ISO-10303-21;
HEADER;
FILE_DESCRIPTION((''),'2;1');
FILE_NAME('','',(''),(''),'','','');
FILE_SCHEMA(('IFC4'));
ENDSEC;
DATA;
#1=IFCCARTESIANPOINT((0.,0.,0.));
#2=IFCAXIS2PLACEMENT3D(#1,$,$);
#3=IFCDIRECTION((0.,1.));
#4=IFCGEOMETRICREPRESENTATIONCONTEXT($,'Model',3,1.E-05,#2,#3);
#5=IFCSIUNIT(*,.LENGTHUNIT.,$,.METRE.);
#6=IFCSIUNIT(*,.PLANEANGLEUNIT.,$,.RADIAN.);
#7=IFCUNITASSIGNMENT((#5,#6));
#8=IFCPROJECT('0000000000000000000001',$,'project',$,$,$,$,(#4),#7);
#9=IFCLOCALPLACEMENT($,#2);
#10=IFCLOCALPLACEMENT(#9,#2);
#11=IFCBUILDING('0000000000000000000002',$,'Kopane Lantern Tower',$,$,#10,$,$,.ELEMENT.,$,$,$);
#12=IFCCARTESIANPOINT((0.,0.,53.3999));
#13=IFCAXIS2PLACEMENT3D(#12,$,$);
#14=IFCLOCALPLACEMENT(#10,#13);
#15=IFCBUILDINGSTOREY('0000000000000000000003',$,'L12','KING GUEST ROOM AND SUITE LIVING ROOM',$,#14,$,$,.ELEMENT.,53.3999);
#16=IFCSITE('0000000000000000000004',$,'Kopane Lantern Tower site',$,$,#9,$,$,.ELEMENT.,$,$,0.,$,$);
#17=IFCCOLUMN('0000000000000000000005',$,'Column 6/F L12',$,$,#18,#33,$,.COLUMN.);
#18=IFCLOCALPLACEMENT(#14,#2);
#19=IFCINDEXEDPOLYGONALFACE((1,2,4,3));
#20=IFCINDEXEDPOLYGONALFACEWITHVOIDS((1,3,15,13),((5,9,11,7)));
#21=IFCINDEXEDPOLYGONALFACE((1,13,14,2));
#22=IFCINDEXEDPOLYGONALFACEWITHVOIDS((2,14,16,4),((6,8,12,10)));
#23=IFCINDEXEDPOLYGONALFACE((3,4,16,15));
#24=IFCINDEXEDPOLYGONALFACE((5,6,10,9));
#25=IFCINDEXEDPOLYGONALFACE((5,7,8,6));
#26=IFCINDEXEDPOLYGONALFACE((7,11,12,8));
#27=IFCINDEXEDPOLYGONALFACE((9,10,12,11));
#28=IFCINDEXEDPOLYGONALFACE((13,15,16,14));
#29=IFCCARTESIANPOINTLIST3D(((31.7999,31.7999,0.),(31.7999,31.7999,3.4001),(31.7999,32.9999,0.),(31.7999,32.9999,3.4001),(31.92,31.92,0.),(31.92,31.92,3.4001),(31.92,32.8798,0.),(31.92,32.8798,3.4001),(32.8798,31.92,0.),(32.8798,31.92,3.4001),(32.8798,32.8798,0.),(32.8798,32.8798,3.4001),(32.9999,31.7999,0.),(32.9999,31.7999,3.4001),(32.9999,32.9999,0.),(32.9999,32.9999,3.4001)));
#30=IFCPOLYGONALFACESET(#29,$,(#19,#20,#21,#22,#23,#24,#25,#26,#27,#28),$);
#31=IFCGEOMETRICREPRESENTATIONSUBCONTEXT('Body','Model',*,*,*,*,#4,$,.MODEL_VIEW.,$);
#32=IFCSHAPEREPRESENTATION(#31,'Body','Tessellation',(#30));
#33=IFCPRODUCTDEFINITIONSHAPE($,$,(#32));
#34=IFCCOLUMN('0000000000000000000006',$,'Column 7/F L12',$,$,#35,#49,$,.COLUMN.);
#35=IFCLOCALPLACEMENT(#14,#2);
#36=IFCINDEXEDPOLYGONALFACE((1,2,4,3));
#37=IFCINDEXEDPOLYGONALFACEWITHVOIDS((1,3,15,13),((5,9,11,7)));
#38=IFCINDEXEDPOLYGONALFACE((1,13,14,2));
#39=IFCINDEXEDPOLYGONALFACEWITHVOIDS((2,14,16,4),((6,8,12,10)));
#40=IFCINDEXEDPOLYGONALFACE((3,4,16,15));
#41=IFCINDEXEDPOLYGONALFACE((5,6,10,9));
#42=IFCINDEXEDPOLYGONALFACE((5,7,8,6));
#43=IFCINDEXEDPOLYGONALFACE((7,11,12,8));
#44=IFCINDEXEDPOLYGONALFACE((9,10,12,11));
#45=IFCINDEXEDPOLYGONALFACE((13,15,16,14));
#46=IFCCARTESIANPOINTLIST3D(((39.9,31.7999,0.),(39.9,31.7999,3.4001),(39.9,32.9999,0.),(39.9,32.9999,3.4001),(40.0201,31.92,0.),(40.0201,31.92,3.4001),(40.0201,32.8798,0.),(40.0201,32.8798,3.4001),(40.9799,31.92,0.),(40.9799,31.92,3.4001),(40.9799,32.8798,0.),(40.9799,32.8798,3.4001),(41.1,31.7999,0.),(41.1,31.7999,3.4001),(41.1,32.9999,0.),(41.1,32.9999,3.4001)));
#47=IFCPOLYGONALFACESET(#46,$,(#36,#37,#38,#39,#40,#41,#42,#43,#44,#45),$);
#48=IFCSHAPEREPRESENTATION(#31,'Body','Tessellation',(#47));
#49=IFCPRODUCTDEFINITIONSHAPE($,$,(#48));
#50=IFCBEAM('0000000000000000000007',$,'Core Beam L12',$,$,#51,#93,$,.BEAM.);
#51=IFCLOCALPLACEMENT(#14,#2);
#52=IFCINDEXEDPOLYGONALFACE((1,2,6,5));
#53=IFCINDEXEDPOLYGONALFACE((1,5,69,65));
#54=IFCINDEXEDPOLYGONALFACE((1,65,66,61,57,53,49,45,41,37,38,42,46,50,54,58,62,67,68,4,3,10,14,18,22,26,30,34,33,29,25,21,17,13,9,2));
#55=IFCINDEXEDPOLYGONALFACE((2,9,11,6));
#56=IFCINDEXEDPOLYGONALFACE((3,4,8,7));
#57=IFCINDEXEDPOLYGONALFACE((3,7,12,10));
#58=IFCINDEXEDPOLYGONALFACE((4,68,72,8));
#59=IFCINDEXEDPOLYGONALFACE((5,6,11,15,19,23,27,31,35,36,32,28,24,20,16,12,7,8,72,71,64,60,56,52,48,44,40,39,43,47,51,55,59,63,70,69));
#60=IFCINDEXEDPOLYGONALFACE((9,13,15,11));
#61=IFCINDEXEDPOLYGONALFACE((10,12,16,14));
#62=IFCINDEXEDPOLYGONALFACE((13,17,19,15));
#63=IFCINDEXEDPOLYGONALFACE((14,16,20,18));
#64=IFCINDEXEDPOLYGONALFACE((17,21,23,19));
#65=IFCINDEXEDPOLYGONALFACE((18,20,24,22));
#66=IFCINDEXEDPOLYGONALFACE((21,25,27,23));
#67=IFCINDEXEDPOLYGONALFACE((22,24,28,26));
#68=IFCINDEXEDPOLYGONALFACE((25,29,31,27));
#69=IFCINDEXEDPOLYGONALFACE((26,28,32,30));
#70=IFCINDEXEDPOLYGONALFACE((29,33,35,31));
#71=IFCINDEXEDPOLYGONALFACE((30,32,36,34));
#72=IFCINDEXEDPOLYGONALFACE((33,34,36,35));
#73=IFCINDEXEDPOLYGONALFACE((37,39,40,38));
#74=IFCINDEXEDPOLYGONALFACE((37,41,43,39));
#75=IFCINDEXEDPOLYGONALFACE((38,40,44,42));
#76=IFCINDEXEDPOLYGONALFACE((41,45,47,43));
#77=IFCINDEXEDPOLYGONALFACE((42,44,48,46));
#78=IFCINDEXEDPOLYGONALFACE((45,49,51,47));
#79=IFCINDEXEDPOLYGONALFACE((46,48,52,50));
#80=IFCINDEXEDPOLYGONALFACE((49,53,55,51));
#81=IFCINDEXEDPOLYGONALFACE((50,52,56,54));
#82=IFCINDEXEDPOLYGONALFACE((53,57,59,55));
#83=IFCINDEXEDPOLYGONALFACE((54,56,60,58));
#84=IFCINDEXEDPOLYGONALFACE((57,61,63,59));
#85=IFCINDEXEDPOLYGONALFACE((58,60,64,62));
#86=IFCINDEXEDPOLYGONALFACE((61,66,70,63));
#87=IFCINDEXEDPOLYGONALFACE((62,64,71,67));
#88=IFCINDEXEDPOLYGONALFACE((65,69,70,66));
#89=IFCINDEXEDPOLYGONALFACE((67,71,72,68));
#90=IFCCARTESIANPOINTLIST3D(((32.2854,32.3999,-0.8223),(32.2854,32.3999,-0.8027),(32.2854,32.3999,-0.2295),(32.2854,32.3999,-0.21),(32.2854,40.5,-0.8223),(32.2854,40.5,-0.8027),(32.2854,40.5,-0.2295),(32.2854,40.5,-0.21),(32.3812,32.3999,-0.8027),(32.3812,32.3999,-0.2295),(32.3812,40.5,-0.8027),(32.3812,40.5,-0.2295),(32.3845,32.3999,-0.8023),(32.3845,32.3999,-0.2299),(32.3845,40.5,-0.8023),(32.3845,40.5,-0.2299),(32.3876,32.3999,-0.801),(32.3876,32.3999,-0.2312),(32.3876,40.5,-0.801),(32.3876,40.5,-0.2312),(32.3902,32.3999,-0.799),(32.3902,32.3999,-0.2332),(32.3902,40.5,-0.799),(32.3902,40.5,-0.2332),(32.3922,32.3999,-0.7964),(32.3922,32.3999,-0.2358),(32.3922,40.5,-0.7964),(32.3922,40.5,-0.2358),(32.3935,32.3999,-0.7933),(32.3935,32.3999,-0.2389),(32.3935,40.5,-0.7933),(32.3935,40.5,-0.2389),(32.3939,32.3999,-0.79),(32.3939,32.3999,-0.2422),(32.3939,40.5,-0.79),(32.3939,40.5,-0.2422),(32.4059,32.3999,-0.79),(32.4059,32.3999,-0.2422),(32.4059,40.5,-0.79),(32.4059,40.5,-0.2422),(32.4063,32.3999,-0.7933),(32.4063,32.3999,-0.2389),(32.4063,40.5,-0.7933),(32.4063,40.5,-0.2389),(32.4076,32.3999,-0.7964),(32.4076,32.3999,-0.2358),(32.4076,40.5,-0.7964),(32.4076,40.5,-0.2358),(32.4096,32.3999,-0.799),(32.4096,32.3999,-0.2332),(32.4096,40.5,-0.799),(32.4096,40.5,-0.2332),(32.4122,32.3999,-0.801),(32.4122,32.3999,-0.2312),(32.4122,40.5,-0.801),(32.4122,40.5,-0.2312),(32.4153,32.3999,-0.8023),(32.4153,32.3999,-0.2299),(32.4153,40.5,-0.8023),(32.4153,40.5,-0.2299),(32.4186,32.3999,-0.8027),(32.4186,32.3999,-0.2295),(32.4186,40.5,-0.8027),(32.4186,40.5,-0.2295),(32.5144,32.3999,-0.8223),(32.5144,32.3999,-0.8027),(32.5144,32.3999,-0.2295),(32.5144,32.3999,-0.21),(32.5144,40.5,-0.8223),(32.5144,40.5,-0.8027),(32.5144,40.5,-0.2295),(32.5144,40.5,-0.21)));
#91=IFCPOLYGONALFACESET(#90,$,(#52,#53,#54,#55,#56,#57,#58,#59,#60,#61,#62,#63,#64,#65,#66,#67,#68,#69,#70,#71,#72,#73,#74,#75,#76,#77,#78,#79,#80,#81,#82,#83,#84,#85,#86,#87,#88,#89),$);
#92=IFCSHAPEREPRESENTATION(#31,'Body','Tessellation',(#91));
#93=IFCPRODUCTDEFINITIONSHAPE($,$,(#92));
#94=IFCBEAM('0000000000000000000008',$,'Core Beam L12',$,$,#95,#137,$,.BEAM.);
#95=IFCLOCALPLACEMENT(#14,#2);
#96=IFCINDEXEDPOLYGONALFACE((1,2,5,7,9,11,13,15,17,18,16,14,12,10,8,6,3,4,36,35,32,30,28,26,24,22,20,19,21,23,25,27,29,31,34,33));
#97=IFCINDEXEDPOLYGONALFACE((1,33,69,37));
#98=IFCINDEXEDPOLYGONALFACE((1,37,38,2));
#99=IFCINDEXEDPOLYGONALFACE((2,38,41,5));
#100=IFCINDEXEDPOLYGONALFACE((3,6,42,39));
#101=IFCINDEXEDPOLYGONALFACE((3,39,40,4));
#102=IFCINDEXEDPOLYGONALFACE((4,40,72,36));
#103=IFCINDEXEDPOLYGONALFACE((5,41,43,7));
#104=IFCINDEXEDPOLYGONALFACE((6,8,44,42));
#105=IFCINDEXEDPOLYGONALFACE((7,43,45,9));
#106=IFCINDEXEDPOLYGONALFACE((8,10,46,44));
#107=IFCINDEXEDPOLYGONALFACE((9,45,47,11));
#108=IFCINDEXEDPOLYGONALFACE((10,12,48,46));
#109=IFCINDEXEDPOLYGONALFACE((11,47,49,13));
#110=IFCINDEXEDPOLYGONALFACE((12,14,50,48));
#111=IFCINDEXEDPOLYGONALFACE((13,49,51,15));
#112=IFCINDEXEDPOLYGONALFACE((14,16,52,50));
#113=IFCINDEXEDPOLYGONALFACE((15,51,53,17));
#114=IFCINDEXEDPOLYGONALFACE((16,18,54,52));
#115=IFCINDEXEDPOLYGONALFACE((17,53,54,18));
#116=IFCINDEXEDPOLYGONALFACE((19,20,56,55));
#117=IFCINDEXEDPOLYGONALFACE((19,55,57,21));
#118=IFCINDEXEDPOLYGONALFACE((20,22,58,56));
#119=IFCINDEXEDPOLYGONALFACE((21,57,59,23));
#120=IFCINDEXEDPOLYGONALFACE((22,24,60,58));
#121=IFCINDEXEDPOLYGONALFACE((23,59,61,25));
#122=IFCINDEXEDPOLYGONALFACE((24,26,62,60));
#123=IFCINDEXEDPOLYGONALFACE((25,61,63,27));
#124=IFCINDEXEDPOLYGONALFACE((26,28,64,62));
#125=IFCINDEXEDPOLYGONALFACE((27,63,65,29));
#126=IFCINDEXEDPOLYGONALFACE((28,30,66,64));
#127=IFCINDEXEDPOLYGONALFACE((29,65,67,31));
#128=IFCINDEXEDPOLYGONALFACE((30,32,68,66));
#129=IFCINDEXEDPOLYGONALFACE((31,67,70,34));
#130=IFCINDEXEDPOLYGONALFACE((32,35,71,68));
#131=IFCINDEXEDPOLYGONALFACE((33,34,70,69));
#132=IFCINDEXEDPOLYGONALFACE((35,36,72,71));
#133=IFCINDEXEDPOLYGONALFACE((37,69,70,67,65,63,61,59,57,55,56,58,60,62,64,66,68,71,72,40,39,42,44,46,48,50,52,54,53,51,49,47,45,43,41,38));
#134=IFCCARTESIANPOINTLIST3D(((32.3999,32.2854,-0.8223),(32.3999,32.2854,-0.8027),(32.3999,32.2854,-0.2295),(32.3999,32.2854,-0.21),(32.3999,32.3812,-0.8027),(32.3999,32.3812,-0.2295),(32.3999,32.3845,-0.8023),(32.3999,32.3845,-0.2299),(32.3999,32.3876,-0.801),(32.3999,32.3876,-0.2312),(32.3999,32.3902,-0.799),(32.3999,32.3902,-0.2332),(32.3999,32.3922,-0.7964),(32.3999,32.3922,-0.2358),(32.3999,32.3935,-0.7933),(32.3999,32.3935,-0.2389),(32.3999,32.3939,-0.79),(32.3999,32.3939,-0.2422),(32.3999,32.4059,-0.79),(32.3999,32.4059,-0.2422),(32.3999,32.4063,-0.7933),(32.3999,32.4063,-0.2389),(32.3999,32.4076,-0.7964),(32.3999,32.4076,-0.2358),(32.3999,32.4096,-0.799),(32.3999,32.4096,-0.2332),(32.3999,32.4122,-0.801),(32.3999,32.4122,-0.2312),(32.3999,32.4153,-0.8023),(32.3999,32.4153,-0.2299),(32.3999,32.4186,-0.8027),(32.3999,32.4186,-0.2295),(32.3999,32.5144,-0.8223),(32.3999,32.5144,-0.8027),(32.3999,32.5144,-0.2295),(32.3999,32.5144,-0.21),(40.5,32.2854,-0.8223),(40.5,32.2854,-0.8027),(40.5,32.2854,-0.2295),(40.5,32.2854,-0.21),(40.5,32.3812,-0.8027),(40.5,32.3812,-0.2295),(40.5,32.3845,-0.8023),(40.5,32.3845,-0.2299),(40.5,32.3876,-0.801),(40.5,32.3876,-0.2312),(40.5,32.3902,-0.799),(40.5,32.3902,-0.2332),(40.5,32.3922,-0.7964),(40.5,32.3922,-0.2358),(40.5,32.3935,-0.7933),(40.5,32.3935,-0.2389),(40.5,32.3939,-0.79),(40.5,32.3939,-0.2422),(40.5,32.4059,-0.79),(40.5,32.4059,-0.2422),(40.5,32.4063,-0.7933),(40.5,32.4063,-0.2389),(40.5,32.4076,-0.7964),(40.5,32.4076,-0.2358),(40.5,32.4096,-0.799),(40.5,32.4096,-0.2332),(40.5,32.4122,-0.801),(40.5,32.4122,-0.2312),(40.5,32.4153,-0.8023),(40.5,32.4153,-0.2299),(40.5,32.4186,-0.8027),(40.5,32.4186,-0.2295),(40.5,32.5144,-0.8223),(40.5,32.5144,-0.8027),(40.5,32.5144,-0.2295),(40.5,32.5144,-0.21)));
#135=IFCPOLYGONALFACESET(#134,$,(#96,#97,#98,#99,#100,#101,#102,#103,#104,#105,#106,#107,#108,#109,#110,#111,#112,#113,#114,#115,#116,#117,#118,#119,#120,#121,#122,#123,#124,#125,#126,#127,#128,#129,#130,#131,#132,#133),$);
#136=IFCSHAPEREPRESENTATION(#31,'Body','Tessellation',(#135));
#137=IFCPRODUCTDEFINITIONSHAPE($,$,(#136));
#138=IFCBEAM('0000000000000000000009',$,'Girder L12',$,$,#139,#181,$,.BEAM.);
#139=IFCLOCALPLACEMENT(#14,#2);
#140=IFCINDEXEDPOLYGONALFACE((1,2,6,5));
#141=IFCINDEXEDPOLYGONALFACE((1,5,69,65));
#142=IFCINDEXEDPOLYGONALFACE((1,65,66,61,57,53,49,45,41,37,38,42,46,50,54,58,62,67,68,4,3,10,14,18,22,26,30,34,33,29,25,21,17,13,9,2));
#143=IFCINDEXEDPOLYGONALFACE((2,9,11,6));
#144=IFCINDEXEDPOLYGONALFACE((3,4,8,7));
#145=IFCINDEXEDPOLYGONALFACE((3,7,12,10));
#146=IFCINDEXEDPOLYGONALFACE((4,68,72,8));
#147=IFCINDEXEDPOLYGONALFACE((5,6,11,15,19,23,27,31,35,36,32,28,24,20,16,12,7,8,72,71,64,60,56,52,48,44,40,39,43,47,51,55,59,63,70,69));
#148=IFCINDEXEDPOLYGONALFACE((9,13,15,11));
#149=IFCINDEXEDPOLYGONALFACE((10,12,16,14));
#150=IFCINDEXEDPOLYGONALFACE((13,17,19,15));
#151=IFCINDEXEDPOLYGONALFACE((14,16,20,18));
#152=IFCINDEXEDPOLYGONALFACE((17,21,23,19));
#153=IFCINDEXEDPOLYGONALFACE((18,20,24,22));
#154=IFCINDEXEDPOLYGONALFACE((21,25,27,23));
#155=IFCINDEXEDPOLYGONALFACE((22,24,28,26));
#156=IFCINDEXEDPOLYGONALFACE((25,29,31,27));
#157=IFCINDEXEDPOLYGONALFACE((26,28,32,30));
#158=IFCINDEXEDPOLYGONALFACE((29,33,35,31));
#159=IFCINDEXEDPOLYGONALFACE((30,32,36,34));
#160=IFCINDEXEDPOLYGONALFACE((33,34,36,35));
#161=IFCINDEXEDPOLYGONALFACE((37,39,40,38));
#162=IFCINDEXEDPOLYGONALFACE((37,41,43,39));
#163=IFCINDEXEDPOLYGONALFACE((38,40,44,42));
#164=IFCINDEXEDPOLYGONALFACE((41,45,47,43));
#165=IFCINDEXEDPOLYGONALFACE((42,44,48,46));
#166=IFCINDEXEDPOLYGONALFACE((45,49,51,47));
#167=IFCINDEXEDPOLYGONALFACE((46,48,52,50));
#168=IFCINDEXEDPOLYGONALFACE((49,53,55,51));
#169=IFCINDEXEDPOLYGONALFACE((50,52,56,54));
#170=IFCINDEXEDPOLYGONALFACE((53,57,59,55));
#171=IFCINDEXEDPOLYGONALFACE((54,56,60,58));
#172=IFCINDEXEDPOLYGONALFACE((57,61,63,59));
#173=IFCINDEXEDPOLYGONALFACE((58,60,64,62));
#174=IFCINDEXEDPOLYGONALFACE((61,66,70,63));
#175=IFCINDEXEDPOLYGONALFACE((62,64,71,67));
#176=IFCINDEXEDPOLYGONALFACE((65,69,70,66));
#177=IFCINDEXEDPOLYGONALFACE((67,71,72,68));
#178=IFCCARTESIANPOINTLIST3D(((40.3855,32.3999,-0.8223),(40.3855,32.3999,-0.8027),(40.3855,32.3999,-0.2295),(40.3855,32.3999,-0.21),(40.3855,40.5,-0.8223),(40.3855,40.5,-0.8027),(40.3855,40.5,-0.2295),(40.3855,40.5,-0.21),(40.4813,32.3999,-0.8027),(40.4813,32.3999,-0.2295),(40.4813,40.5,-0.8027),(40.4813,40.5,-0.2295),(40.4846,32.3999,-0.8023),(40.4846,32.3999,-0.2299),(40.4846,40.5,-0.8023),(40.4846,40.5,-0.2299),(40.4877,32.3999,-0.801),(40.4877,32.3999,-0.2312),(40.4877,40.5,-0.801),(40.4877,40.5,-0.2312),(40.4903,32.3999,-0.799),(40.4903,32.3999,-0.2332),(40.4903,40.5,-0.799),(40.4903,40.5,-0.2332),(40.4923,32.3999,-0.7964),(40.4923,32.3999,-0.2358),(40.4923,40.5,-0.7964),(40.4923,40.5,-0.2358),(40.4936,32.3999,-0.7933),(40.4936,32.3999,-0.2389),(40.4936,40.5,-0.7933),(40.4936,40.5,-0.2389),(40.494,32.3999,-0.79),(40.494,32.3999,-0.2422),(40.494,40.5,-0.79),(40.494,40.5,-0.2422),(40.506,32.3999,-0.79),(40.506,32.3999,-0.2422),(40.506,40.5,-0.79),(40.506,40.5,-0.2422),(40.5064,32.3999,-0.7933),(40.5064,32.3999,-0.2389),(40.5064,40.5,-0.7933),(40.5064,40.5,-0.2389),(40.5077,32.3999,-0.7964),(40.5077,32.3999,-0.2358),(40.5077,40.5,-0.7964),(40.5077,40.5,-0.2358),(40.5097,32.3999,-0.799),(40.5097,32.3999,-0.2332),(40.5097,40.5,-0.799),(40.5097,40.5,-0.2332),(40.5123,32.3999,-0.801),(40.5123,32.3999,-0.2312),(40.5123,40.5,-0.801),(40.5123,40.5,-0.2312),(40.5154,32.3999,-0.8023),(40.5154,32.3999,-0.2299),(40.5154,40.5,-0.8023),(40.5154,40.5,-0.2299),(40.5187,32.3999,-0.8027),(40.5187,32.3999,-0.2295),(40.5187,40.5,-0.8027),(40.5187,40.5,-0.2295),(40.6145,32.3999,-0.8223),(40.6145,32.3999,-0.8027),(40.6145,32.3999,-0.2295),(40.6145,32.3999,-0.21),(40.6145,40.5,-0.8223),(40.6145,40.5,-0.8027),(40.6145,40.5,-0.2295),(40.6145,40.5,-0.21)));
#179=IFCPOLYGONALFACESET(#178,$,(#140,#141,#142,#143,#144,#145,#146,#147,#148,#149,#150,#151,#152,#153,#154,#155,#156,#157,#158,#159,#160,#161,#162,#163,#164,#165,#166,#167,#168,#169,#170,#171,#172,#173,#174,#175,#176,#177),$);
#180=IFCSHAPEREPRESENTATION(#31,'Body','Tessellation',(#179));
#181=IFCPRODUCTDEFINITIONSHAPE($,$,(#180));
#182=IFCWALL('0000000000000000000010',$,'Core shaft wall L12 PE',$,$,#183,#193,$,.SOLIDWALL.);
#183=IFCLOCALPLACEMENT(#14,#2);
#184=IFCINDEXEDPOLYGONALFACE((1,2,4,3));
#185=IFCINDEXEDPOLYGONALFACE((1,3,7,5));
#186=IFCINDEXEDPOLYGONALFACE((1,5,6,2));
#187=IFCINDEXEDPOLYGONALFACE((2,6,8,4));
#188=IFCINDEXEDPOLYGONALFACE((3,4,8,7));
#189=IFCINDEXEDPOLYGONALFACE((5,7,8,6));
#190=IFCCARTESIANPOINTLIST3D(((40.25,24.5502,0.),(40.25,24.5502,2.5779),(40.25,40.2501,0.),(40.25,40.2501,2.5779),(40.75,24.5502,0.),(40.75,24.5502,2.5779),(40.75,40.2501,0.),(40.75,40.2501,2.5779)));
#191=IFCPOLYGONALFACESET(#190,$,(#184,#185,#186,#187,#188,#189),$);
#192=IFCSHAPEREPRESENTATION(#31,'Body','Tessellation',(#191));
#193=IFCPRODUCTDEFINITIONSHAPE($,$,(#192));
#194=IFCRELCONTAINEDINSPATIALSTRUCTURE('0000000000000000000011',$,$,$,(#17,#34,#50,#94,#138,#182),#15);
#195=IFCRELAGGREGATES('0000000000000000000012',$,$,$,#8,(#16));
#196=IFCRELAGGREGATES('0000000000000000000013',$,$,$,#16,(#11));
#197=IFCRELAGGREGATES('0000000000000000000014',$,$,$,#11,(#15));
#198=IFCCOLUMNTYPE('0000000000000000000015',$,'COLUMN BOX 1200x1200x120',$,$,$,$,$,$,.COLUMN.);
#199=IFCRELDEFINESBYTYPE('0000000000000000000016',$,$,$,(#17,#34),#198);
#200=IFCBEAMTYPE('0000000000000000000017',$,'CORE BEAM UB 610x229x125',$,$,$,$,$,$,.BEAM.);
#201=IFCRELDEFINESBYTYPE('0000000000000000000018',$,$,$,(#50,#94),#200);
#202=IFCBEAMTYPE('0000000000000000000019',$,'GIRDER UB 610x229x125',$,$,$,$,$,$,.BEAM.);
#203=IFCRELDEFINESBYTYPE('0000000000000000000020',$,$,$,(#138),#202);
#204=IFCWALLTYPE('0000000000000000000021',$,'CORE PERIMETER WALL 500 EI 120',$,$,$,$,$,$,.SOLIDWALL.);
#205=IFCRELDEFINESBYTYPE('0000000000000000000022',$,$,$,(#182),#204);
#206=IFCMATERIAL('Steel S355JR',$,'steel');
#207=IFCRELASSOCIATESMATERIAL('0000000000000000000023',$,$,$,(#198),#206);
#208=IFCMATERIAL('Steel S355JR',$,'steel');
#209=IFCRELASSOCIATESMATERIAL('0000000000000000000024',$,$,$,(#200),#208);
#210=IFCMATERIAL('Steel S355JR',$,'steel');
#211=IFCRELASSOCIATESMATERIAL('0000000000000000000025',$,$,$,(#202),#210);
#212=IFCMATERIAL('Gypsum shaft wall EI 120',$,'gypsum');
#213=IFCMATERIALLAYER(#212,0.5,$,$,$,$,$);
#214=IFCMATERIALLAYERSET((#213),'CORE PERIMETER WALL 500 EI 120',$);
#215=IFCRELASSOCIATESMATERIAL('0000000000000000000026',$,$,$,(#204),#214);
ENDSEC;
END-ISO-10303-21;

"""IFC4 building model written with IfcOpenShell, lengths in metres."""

from ifc_helpers import new_model, si_unit, direction, frame, frame_2d, origin, origin_2d, place, context, subcontext, project, spatial, rectangle, hollow_rectangle, i_section, extrude, material, layer, layer_set, material_profile, profile_set, type_object, element, save


model = new_model("IFC4")

# Units and contexts
model_context = context("Model", 3, precision=1e-05, world=origin(), true_north=direction((0.0, 1.0)))
body_context = subcontext(model_context, "Body", "Model", "MODEL_VIEW")
ifc_project = project(units=[si_unit("LENGTHUNIT", "METRE"), si_unit("PLANEANGLEUNIT", "RADIAN")], contexts=[model_context])

# Site, building, storey
site_placement = place(None, origin())
site = spatial("IfcSite", under=ifc_project, at=site_placement, Name="Kopane Lantern Tower site", CompositionType="ELEMENT", RefElevation=0.0)
building_placement = place(site_placement, origin())
building = spatial("IfcBuilding", under=site, at=building_placement, Name="Kopane Lantern Tower", CompositionType="ELEMENT")
storey_placement = place(building_placement, frame((0.0, 0.0, 53.3999)))
storey = spatial("IfcBuildingStorey", under=building, at=storey_placement, Name="L12", Description="KING GUEST ROOM AND SUITE LIVING ROOM", CompositionType="ELEMENT", Elevation=53.3999)

# Columns
ifc_material_1 = material(Name="Steel S355JR", Category="steel")
ifc_material_profile_1 = material_profile(ifc_material_1, hollow_rectangle(XDim=1.2, YDim=1.2, WallThickness=0.1201, at=origin_2d()), Name="BOX 1200x1200x120")
ifc_profile_set_1 = profile_set([ifc_material_profile_1], Name="Steel S355JR")
column_type = type_object("IfcColumnType", Name="COLUMN BOX 1200x1200x120", PredefinedType="COLUMN", material=ifc_profile_set_1)
for number, where, z_axis, x_axis, name in (
    (1, (32.3999, 32.3999, 0.0), (0.0, 0.0, 1.0), (1.0, 0.0, 0.0), "Column 6/F L12"),
    (2, (40.5, 32.3999, 0.0), (0.0, 0.0, 1.0), (1.0, 0.0, 0.0), "Column 7/F L12"),
):
    element("IfcColumn", number, at=place(storey_placement, frame(where, z_axis=z_axis, x_axis=x_axis)), inside=storey, type_object=column_type, Name=name, PredefinedType="COLUMN", context=body_context, shape_type="SweptSolid", body=[
        extrude(hollow_rectangle(XDim=1.2, YDim=1.2, WallThickness=0.1201, at=origin_2d()), origin(), (0.0, 0.0, 1.0), 3.4001),
    ])

# Beams
ifc_material_2 = material(Name="Steel S355JR", Category="steel")
ifc_material_profile_2 = material_profile(ifc_material_2, i_section(OverallWidth=0.229, OverallDepth=0.6123, WebThickness=0.012, FlangeThickness=0.0195, FilletRadius=0.0127, at=origin_2d()), Name="UB 610x229x125")
ifc_profile_set_2 = profile_set([ifc_material_profile_2], Name="Steel S355JR")
beam_type_1 = type_object("IfcBeamType", Name="CORE BEAM UB 610x229x125", PredefinedType="BEAM", material=ifc_profile_set_2)
for number, where, z_axis, x_axis, name in (
    (3, (32.3999, 32.3999, -0.5161), (0.0, 1.0, 0.0), (-1.0, 0.0, 0.0), "Core Beam L12"),
    (4, (32.3999, 32.3999, -0.5161), (1.0, 0.0, 0.0), (0.0, 1.0, 0.0), "Core Beam L12"),
):
    element("IfcBeam", number, at=place(storey_placement, frame(where, z_axis=z_axis, x_axis=x_axis)), inside=storey, type_object=beam_type_1, Name=name, PredefinedType="BEAM", context=body_context, shape_type="SweptSolid", body=[
        extrude(i_section(OverallWidth=0.229, OverallDepth=0.6123, WebThickness=0.012, FlangeThickness=0.0195, FilletRadius=0.0127, at=origin_2d()), origin(), (0.0, 0.0, 1.0), 8.1001),
    ])
ifc_material_3 = material(Name="Steel S355JR", Category="steel")
ifc_material_profile_3 = material_profile(ifc_material_3, i_section(OverallWidth=0.229, OverallDepth=0.6123, WebThickness=0.012, FlangeThickness=0.0195, FilletRadius=0.0127, at=origin_2d()), Name="UB 610x229x125")
ifc_profile_set_3 = profile_set([ifc_material_profile_3], Name="Steel S355JR")
beam_type_2 = type_object("IfcBeamType", Name="GIRDER UB 610x229x125", PredefinedType="BEAM", material=ifc_profile_set_3)
beam_placement = place(storey_placement, frame((40.5, 32.3999, -0.5161), z_axis=(0.0, 1.0, 0.0), x_axis=(-1.0, 0.0, 0.0)))
element("IfcBeam", 5, at=beam_placement, inside=storey, type_object=beam_type_2, Name="Girder L12", PredefinedType="BEAM", context=body_context, shape_type="SweptSolid", body=[
    extrude(i_section(OverallWidth=0.229, OverallDepth=0.6123, WebThickness=0.012, FlangeThickness=0.0195, FilletRadius=0.0127, at=origin_2d()), origin(), (0.0, 0.0, 1.0), 8.1001),
])

# Wall
ifc_material_4 = material(Name="Gypsum shaft wall EI 120", Category="gypsum")
ifc_layer_1 = layer(ifc_material_4, 0.5)
ifc_layer_set_1 = layer_set([ifc_layer_1], Name="CORE PERIMETER WALL 500 EI 120")
wall_type_1 = type_object("IfcWallType", Name="CORE PERIMETER WALL 500 EI 120", PredefinedType="SOLIDWALL", material=ifc_layer_set_1)
wall_1_placement = place(storey_placement, frame((40.5, 24.55, 0.0), z_axis=(0.0, 0.0, 1.0), x_axis=(0.0, 1.0, 0.0)))
element("IfcWall", 6, at=wall_1_placement, inside=storey, type_object=wall_type_1, Name="Core shaft wall L12 PE", PredefinedType="SOLIDWALL", context=body_context, shape_type="SweptSolid", body=[
    extrude(rectangle(XDim=15.7, YDim=0.5, at=frame_2d((7.8501, 0.0))), origin(), (0.0, 0.0, 1.0), 2.5779),
])

save(model, "model.ifc")
